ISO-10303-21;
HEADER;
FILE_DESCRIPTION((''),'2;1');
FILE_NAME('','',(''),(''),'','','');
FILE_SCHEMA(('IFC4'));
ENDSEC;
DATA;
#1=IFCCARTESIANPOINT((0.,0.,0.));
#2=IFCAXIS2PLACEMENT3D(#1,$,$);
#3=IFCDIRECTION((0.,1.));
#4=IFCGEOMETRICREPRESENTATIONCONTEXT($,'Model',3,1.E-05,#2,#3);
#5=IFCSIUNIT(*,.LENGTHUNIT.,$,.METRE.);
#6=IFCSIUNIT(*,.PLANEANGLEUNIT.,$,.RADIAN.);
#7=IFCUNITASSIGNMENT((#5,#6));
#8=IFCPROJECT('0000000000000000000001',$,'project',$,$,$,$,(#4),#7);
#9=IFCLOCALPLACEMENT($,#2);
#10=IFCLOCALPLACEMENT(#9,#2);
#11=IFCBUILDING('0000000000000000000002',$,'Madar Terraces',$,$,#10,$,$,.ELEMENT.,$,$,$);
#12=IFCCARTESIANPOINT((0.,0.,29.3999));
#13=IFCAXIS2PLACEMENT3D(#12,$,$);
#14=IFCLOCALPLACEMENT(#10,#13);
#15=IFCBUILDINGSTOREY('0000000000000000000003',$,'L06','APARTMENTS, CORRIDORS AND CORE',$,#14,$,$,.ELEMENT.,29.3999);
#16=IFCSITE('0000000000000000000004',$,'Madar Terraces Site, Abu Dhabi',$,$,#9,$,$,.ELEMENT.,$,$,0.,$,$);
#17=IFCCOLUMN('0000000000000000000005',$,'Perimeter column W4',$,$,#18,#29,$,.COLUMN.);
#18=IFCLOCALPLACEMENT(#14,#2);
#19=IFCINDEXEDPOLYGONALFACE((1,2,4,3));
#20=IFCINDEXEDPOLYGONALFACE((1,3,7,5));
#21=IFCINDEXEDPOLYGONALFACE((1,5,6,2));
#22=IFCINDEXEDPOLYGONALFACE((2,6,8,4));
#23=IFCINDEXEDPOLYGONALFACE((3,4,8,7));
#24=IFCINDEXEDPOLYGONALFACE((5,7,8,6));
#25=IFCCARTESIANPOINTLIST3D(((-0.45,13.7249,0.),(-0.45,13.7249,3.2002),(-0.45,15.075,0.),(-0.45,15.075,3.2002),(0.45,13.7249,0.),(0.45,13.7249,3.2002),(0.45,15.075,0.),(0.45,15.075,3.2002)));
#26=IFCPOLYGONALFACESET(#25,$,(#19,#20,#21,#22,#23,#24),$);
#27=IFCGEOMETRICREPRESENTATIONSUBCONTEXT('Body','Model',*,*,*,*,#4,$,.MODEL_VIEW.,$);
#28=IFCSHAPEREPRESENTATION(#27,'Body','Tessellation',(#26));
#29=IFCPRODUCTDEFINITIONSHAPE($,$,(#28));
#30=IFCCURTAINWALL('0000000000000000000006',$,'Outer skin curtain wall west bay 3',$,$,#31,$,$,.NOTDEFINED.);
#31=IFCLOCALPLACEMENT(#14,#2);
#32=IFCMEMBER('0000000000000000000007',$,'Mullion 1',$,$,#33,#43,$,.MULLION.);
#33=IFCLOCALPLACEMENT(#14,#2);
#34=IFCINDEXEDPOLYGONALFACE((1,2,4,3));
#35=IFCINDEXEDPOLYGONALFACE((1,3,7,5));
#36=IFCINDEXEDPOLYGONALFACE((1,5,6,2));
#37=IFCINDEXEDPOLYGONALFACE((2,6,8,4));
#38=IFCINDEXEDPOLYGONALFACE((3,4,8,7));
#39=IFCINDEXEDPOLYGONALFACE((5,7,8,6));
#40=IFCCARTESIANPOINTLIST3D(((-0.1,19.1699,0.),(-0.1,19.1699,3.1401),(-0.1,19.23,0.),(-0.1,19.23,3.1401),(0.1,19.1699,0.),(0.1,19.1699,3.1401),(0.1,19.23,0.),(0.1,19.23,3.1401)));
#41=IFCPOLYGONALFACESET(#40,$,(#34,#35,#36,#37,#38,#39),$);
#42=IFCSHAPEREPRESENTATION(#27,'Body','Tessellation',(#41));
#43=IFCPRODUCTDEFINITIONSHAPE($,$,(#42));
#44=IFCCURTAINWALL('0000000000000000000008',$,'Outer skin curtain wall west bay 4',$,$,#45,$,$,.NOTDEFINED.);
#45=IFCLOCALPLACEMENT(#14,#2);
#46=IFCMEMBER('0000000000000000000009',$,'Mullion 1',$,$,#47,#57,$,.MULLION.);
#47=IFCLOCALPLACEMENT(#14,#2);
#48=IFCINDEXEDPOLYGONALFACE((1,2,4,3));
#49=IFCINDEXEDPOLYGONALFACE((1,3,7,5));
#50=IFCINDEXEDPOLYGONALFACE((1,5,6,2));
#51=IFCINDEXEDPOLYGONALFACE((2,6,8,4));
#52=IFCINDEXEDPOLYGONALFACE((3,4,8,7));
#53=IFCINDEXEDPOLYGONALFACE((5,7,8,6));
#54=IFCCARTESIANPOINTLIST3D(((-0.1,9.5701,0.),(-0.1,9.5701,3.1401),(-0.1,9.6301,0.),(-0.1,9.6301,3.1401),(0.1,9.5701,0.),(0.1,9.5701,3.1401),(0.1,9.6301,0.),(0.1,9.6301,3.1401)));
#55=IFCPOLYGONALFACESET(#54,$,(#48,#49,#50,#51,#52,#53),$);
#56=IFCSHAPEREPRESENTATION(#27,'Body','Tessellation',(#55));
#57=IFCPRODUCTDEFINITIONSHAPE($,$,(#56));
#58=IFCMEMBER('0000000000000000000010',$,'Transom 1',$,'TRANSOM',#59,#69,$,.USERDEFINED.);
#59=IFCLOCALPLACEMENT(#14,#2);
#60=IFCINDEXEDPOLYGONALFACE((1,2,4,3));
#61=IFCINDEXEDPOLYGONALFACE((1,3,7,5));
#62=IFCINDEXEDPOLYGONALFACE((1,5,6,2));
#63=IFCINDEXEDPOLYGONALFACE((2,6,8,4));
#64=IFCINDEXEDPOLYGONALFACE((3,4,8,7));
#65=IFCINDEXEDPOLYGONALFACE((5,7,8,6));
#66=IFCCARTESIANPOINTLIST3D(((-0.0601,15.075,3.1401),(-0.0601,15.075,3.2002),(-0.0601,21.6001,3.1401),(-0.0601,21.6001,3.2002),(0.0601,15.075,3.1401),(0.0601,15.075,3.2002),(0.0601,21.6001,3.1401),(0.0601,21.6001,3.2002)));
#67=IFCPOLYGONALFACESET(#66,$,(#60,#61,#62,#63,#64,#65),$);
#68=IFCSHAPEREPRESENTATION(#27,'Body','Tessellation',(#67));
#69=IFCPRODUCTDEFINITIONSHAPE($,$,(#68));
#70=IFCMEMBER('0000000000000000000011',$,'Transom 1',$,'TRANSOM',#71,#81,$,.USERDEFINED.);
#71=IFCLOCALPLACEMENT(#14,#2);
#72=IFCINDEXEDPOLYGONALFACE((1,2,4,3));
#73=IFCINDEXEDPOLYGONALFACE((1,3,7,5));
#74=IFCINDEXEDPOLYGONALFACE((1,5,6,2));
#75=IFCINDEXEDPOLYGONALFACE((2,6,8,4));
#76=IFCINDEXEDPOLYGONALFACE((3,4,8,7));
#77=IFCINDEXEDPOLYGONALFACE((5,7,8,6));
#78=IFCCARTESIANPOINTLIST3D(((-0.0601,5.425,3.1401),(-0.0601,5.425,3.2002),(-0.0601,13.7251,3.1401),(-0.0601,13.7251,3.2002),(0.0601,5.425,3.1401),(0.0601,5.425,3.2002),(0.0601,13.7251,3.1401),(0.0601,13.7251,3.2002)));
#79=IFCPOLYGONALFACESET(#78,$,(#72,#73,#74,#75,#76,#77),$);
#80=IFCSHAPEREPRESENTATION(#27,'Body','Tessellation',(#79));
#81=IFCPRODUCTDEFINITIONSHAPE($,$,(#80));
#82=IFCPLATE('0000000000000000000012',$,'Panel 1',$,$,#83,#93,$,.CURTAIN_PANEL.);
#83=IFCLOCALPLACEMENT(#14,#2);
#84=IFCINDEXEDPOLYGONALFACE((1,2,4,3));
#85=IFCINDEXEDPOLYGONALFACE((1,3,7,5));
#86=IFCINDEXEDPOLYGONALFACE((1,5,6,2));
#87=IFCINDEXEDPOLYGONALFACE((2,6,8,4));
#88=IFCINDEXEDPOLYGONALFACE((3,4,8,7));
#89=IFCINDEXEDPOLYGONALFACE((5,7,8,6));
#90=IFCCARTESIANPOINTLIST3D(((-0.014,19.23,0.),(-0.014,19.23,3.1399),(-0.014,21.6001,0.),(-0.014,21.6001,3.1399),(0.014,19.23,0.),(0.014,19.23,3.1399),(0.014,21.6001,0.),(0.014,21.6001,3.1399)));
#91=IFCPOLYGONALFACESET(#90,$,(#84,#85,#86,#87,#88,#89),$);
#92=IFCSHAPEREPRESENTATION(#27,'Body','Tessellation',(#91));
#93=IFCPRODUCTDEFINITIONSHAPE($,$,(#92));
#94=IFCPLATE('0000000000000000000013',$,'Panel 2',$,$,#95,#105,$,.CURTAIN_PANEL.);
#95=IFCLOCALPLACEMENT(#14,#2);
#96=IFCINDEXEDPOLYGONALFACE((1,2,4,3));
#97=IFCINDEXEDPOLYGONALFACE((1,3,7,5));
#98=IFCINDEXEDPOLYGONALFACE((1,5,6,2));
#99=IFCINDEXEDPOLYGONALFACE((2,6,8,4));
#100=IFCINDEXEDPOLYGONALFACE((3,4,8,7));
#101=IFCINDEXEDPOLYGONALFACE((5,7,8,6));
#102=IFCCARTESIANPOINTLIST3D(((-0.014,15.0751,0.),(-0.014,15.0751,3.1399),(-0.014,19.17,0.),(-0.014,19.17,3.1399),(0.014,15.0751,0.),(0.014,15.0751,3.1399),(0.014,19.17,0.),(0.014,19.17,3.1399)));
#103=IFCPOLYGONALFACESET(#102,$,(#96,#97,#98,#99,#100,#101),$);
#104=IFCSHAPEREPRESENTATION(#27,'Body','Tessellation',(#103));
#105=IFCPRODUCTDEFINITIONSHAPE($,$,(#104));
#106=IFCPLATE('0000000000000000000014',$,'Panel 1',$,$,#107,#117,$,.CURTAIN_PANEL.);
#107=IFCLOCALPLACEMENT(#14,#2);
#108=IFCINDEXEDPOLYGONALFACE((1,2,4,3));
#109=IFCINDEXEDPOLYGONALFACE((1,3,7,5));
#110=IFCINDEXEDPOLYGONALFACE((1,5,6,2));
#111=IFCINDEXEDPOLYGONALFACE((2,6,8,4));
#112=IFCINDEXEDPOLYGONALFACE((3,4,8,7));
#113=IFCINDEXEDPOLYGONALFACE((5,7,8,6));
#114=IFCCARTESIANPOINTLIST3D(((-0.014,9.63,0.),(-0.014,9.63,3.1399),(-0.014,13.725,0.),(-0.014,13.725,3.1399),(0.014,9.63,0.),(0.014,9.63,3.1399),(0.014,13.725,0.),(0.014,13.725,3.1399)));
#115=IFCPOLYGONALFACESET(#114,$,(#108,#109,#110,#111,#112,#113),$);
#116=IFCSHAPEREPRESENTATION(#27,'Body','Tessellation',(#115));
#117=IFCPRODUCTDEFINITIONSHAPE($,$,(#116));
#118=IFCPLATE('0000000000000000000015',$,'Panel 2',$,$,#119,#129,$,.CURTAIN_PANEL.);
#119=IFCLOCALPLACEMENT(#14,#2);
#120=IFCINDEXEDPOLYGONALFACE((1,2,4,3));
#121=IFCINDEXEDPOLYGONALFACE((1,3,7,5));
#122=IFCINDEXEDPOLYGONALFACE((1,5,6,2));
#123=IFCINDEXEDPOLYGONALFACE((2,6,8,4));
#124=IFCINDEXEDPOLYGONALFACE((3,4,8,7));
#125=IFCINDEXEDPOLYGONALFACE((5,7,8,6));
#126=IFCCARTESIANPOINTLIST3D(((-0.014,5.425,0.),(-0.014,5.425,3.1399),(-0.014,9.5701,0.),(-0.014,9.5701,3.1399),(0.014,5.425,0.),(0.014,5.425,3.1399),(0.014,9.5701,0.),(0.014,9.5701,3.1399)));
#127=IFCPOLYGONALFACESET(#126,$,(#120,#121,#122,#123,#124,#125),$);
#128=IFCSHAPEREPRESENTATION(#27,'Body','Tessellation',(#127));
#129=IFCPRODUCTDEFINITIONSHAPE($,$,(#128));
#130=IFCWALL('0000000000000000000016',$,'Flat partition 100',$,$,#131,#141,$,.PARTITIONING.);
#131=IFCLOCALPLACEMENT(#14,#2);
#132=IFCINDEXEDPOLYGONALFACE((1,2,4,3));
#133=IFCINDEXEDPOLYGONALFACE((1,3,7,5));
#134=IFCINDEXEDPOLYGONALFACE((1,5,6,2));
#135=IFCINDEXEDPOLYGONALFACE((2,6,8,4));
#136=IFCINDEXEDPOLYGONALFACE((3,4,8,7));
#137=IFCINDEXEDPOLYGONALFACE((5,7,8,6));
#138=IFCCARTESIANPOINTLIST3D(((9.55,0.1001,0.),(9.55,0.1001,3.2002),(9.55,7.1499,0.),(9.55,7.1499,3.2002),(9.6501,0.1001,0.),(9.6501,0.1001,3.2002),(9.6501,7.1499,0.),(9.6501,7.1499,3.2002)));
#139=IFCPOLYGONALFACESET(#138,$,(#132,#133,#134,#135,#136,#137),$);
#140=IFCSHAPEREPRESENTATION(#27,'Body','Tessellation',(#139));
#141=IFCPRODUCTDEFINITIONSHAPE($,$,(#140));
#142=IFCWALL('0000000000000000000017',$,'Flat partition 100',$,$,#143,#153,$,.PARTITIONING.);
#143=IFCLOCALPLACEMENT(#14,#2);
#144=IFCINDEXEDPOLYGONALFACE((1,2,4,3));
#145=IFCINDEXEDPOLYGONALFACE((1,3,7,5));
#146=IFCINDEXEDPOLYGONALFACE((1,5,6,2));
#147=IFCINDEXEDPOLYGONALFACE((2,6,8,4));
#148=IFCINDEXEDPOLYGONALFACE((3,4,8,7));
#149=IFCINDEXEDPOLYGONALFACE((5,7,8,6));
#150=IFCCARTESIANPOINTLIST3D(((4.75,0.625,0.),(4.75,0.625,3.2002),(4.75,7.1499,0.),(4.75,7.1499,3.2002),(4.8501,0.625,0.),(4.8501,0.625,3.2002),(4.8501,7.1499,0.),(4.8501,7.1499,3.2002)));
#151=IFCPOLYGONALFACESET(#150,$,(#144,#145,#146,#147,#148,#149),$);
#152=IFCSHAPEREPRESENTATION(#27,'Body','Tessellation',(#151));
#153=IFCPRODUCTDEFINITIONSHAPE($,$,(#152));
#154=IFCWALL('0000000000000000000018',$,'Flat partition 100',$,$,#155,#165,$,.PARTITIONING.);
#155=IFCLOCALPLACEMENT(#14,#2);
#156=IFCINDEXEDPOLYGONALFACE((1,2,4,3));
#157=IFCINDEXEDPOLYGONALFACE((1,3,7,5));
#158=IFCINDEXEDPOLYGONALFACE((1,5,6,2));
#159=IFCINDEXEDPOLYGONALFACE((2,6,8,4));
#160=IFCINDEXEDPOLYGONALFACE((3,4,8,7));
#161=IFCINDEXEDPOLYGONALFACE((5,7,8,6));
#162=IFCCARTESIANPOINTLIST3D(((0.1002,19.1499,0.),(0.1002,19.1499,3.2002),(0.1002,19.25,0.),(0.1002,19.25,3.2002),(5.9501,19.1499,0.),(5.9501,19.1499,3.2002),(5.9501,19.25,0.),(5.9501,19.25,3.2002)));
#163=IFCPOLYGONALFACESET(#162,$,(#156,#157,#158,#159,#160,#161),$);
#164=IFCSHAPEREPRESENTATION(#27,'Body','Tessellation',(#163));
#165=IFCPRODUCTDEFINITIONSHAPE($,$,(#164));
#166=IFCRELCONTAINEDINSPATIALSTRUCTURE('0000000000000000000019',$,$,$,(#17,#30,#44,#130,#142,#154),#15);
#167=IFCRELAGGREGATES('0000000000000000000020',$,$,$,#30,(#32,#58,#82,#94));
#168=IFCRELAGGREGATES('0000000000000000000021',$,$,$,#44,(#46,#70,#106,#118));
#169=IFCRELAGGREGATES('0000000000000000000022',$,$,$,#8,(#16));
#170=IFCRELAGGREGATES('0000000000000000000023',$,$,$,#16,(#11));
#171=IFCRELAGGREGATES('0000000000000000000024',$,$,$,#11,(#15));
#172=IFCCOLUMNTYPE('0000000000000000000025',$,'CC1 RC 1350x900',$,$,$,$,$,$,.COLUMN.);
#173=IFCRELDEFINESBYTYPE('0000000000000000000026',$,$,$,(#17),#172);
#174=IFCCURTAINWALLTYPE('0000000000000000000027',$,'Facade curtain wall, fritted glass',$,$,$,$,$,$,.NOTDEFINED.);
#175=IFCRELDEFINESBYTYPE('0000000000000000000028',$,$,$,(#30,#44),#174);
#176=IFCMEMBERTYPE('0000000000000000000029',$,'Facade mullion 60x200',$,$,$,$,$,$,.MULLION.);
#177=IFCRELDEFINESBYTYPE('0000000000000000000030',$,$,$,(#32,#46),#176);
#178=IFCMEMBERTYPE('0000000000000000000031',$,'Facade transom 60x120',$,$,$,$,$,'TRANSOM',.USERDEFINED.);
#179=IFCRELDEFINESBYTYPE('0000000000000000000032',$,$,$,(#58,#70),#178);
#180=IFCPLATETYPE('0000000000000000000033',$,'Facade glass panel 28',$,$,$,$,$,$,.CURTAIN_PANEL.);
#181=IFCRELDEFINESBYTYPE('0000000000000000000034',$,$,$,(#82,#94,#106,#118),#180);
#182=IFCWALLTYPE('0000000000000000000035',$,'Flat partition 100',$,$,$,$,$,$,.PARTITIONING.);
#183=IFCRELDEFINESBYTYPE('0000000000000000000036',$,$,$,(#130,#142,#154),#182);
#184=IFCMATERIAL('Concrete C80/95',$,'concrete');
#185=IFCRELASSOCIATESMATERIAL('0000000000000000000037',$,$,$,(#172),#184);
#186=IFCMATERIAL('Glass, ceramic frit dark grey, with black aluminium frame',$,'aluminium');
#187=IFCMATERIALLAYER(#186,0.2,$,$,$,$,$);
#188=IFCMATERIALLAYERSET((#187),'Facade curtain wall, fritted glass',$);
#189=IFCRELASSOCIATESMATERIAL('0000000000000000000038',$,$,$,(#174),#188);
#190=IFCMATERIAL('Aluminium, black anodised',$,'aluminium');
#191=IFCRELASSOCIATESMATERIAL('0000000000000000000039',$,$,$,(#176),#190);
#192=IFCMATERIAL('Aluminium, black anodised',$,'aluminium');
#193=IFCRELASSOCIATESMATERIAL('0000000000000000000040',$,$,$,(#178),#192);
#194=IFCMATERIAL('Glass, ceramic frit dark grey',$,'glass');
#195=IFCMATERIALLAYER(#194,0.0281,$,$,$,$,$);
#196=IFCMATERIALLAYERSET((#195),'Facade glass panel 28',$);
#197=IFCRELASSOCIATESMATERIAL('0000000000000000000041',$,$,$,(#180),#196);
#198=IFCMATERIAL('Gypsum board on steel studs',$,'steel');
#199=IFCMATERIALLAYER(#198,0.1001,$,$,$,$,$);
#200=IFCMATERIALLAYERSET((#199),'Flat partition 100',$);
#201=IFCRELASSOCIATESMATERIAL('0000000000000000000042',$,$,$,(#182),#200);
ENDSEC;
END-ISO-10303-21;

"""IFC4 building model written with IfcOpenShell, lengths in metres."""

from ifc_helpers import new_model, si_unit, direction, frame, frame_2d, origin, origin_2d, place, context, subcontext, project, spatial, rectangle, extrude, material, layer, layer_set, material_profile, profile_set, type_object, element, aggregate, save


model = new_model("IFC4")

# Units and contexts
model_context = context("Model", 3, precision=1e-05, world=origin(), true_north=direction((0.0, 1.0)))
body_context = subcontext(model_context, "Body", "Model", "MODEL_VIEW")
ifc_project = project(units=[si_unit("LENGTHUNIT", "METRE"), si_unit("PLANEANGLEUNIT", "RADIAN")], contexts=[model_context])

# Site, building, storey
site_placement = place(None, origin())
site = spatial("IfcSite", under=ifc_project, at=site_placement, Name="Madar Terraces Site, Abu Dhabi", CompositionType="ELEMENT", RefElevation=0.0)
building_placement = place(site_placement, origin())
building = spatial("IfcBuilding", under=site, at=building_placement, Name="Madar Terraces", CompositionType="ELEMENT")
storey_placement = place(building_placement, frame((0.0, 0.0, 29.3999)))
storey = spatial("IfcBuildingStorey", under=building, at=storey_placement, Name="L06", Description="APARTMENTS, CORRIDORS AND CORE", CompositionType="ELEMENT", Elevation=29.3999)

# Column
ifc_material_1 = material(Name="Concrete C80/95", Category="concrete")
ifc_material_profile_1 = material_profile(ifc_material_1, rectangle(XDim=1.3501, YDim=0.8999, at=origin_2d()), Name="CC1 RC 1350x900")
ifc_profile_set_1 = profile_set([ifc_material_profile_1], Name="Concrete C80/95")
column_type = type_object("IfcColumnType", Name="CC1 RC 1350x900", PredefinedType="COLUMN", material=ifc_profile_set_1)
column_placement = place(storey_placement, frame((0.0, 14.3999, 0.0), z_axis=(0.0, 0.0, 1.0), x_axis=(0.0, 1.0, 0.0)))
element("IfcColumn", 1, at=column_placement, inside=storey, type_object=column_type, Name="Perimeter column W4", PredefinedType="COLUMN", context=body_context, shape_type="SweptSolid", body=[
    extrude(rectangle(XDim=1.3501, YDim=0.8999, at=origin_2d()), origin(), (0.0, 0.0, 1.0), 3.2002),
])

# Curtain walls, members
ifc_material_2 = material(Name="Glass, ceramic frit dark grey, with black aluminium frame", Category="aluminium")
ifc_layer_1 = layer(ifc_material_2, 0.2)
ifc_layer_set_1 = layer_set([ifc_layer_1], Name="Facade curtain wall, fritted glass")
curtain_wall_type = type_object("IfcCurtainWallType", Name="Facade curtain wall, fritted glass", PredefinedType="NOTDEFINED", material=ifc_layer_set_1)
curtain_wall_1_placement = place(storey_placement, origin())
curtain_wall_1 = element("IfcCurtainWall", 2, at=curtain_wall_1_placement, inside=storey, type_object=curtain_wall_type, Name="Outer skin curtain wall west bay 3", PredefinedType="NOTDEFINED")
ifc_material_3 = material(Name="Aluminium, black anodised", Category="aluminium")
ifc_material_profile_2 = material_profile(ifc_material_3, rectangle(XDim=0.2, YDim=0.0601, at=origin_2d()), Name="Facade mullion 60x200")
ifc_profile_set_2 = profile_set([ifc_material_profile_2], Name="Aluminium, black anodised")
member_type_1 = type_object("IfcMemberType", Name="Facade mullion 60x200", PredefinedType="MULLION", material=ifc_profile_set_2)
member_1_placement = place(storey_placement, frame((0.0, 19.2, 0.0), z_axis=(0.0, 0.0, 1.0), x_axis=(1.0, 0.0, 0.0)))
member_1 = element("IfcMember", 3, at=member_1_placement, type_object=member_type_1, Name="Mullion 1", PredefinedType="MULLION", context=body_context, shape_type="SweptSolid", body=[
    extrude(rectangle(XDim=0.2, YDim=0.0601, at=origin_2d()), origin(), (0.0, 0.0, 1.0), 3.1401),
])
curtain_wall_2_placement = place(storey_placement, origin())
curtain_wall_2 = element("IfcCurtainWall", 4, at=curtain_wall_2_placement, inside=storey, type_object=curtain_wall_type, Name="Outer skin curtain wall west bay 4", PredefinedType="NOTDEFINED")
member_2_placement = place(storey_placement, frame((0.0, 9.6001, 0.0), z_axis=(0.0, 0.0, 1.0), x_axis=(1.0, 0.0, 0.0)))
member_2 = element("IfcMember", 5, at=member_2_placement, type_object=member_type_1, Name="Mullion 1", PredefinedType="MULLION", context=body_context, shape_type="SweptSolid", body=[
    extrude(rectangle(XDim=0.2, YDim=0.0601, at=origin_2d()), origin(), (0.0, 0.0, 1.0), 3.1401),
])

# Members
ifc_material_4 = material(Name="Aluminium, black anodised", Category="aluminium")
ifc_material_profile_3 = material_profile(ifc_material_4, rectangle(XDim=0.1201, YDim=0.0601, at=origin_2d()), Name="Facade transom 60x120")
ifc_profile_set_3 = profile_set([ifc_material_profile_3], Name="Aluminium, black anodised")
member_type_2 = type_object("IfcMemberType", Name="Facade transom 60x120", ElementType="TRANSOM", PredefinedType="USERDEFINED", material=ifc_profile_set_3)
member_3_placement = place(storey_placement, frame((0.0, 21.6001, 3.1702), z_axis=(0.0, -1.0, 0.0), x_axis=(1.0, 0.0, 0.0)))
member_3 = element("IfcMember", 6, at=member_3_placement, type_object=member_type_2, Name="Transom 1", ObjectType="TRANSOM", PredefinedType="USERDEFINED", context=body_context, shape_type="SweptSolid", body=[
    extrude(rectangle(XDim=0.1201, YDim=0.0601, at=origin_2d()), origin(), (0.0, 0.0, 1.0), 6.5251),
])
member_4_placement = place(storey_placement, frame((0.0, 13.7251, 3.1702), z_axis=(0.0, -1.0, 0.0), x_axis=(1.0, 0.0, 0.0)))
member_4 = element("IfcMember", 7, at=member_4_placement, type_object=member_type_2, Name="Transom 1", ObjectType="TRANSOM", PredefinedType="USERDEFINED", context=body_context, shape_type="SweptSolid", body=[
    extrude(rectangle(XDim=0.1201, YDim=0.0601, at=origin_2d()), origin(), (0.0, 0.0, 1.0), 8.3),
])

# Plates
ifc_material_5 = material(Name="Glass, ceramic frit dark grey", Category="glass")
ifc_layer_2 = layer(ifc_material_5, 0.0281)
ifc_layer_set_2 = layer_set([ifc_layer_2], Name="Facade glass panel 28")
plate_type = type_object("IfcPlateType", Name="Facade glass panel 28", PredefinedType="CURTAIN_PANEL", material=ifc_layer_set_2)
plate_1_placement = place(storey_placement, frame((0.0, 20.415, 0.0), z_axis=(0.0, 0.0, 1.0), x_axis=(0.0, -1.0, 0.0)))
plate_1 = element("IfcPlate", 8, at=plate_1_placement, type_object=plate_type, Name="Panel 1", PredefinedType="CURTAIN_PANEL", context=body_context, shape_type="SweptSolid", body=[
    extrude(rectangle(XDim=2.3701, YDim=0.0281, at=origin_2d()), origin(), (0.0, 0.0, 1.0), 3.1399),
])
plate_2_placement = place(storey_placement, frame((0.0, 17.1226, 0.0), z_axis=(0.0, 0.0, 1.0), x_axis=(0.0, -1.0, 0.0)))
plate_2 = element("IfcPlate", 9, at=plate_2_placement, type_object=plate_type, Name="Panel 2", PredefinedType="CURTAIN_PANEL", context=body_context, shape_type="SweptSolid", body=[
    extrude(rectangle(XDim=4.095, YDim=0.0281, at=origin_2d()), origin(), (0.0, 0.0, 1.0), 3.1399),
])
aggregate(curtain_wall_1, [member_1, member_3, plate_1, plate_2])
plate_3_placement = place(storey_placement, frame((0.0, 11.6775, 0.0), z_axis=(0.0, 0.0, 1.0), x_axis=(0.0, -1.0, 0.0)))
plate_3 = element("IfcPlate", 10, at=plate_3_placement, type_object=plate_type, Name="Panel 1", PredefinedType="CURTAIN_PANEL", context=body_context, shape_type="SweptSolid", body=[
    extrude(rectangle(XDim=4.095, YDim=0.0281, at=origin_2d()), origin(), (0.0, 0.0, 1.0), 3.1399),
])
plate_4_placement = place(storey_placement, frame((0.0, 7.4976, 0.0), z_axis=(0.0, 0.0, 1.0), x_axis=(0.0, -1.0, 0.0)))
plate_4 = element("IfcPlate", 11, at=plate_4_placement, type_object=plate_type, Name="Panel 2", PredefinedType="CURTAIN_PANEL", context=body_context, shape_type="SweptSolid", body=[
    extrude(rectangle(XDim=4.145, YDim=0.0281, at=origin_2d()), origin(), (0.0, 0.0, 1.0), 3.1399),
])
aggregate(curtain_wall_2, [member_2, member_4, plate_3, plate_4])

# Walls
ifc_material_6 = material(Name="Gypsum board on steel studs", Category="steel")
ifc_layer_3 = layer(ifc_material_6, 0.1001)
ifc_layer_set_3 = layer_set([ifc_layer_3], Name="Flat partition 100")
wall_type_1 = type_object("IfcWallType", Name="Flat partition 100", PredefinedType="PARTITIONING", material=ifc_layer_set_3)
wall_1_placement = place(storey_placement, frame((9.6001, 7.1499, 0.0), z_axis=(0.0, 0.0, 1.0), x_axis=(0.0, -1.0, 0.0)))
element("IfcWall", 12, at=wall_1_placement, inside=storey, type_object=wall_type_1, Name="Flat partition 100", PredefinedType="PARTITIONING", context=body_context, shape_type="SweptSolid", body=[
    extrude(rectangle(XDim=7.0498, YDim=0.1001, at=frame_2d((3.5249, 0.0))), origin(), (0.0, 0.0, 1.0), 3.2002),
])
wall_2_placement = place(storey_placement, frame((4.8, 7.1499, 0.0), z_axis=(0.0, 0.0, 1.0), x_axis=(0.0, -1.0, 0.0)))
element("IfcWall", 13, at=wall_2_placement, inside=storey, type_object=wall_type_1, Name="Flat partition 100", PredefinedType="PARTITIONING", context=body_context, shape_type="SweptSolid", body=[
    extrude(rectangle(XDim=6.5249, YDim=0.1001, at=frame_2d((3.2625, 0.0))), origin(), (0.0, 0.0, 1.0), 3.2002),
])
wall_3_placement = place(storey_placement, frame((5.95, 19.2, 0.0), z_axis=(0.0, 0.0, 1.0), x_axis=(-1.0, 0.0, 0.0)))
element("IfcWall", 14, at=wall_3_placement, inside=storey, type_object=wall_type_1, Name="Flat partition 100", PredefinedType="PARTITIONING", context=body_context, shape_type="SweptSolid", body=[
    extrude(rectangle(XDim=5.8499, YDim=0.1001, at=frame_2d((2.9248, 0.0))), origin(), (0.0, 0.0, 1.0), 3.2002),
])

save(model, "model.ifc")
